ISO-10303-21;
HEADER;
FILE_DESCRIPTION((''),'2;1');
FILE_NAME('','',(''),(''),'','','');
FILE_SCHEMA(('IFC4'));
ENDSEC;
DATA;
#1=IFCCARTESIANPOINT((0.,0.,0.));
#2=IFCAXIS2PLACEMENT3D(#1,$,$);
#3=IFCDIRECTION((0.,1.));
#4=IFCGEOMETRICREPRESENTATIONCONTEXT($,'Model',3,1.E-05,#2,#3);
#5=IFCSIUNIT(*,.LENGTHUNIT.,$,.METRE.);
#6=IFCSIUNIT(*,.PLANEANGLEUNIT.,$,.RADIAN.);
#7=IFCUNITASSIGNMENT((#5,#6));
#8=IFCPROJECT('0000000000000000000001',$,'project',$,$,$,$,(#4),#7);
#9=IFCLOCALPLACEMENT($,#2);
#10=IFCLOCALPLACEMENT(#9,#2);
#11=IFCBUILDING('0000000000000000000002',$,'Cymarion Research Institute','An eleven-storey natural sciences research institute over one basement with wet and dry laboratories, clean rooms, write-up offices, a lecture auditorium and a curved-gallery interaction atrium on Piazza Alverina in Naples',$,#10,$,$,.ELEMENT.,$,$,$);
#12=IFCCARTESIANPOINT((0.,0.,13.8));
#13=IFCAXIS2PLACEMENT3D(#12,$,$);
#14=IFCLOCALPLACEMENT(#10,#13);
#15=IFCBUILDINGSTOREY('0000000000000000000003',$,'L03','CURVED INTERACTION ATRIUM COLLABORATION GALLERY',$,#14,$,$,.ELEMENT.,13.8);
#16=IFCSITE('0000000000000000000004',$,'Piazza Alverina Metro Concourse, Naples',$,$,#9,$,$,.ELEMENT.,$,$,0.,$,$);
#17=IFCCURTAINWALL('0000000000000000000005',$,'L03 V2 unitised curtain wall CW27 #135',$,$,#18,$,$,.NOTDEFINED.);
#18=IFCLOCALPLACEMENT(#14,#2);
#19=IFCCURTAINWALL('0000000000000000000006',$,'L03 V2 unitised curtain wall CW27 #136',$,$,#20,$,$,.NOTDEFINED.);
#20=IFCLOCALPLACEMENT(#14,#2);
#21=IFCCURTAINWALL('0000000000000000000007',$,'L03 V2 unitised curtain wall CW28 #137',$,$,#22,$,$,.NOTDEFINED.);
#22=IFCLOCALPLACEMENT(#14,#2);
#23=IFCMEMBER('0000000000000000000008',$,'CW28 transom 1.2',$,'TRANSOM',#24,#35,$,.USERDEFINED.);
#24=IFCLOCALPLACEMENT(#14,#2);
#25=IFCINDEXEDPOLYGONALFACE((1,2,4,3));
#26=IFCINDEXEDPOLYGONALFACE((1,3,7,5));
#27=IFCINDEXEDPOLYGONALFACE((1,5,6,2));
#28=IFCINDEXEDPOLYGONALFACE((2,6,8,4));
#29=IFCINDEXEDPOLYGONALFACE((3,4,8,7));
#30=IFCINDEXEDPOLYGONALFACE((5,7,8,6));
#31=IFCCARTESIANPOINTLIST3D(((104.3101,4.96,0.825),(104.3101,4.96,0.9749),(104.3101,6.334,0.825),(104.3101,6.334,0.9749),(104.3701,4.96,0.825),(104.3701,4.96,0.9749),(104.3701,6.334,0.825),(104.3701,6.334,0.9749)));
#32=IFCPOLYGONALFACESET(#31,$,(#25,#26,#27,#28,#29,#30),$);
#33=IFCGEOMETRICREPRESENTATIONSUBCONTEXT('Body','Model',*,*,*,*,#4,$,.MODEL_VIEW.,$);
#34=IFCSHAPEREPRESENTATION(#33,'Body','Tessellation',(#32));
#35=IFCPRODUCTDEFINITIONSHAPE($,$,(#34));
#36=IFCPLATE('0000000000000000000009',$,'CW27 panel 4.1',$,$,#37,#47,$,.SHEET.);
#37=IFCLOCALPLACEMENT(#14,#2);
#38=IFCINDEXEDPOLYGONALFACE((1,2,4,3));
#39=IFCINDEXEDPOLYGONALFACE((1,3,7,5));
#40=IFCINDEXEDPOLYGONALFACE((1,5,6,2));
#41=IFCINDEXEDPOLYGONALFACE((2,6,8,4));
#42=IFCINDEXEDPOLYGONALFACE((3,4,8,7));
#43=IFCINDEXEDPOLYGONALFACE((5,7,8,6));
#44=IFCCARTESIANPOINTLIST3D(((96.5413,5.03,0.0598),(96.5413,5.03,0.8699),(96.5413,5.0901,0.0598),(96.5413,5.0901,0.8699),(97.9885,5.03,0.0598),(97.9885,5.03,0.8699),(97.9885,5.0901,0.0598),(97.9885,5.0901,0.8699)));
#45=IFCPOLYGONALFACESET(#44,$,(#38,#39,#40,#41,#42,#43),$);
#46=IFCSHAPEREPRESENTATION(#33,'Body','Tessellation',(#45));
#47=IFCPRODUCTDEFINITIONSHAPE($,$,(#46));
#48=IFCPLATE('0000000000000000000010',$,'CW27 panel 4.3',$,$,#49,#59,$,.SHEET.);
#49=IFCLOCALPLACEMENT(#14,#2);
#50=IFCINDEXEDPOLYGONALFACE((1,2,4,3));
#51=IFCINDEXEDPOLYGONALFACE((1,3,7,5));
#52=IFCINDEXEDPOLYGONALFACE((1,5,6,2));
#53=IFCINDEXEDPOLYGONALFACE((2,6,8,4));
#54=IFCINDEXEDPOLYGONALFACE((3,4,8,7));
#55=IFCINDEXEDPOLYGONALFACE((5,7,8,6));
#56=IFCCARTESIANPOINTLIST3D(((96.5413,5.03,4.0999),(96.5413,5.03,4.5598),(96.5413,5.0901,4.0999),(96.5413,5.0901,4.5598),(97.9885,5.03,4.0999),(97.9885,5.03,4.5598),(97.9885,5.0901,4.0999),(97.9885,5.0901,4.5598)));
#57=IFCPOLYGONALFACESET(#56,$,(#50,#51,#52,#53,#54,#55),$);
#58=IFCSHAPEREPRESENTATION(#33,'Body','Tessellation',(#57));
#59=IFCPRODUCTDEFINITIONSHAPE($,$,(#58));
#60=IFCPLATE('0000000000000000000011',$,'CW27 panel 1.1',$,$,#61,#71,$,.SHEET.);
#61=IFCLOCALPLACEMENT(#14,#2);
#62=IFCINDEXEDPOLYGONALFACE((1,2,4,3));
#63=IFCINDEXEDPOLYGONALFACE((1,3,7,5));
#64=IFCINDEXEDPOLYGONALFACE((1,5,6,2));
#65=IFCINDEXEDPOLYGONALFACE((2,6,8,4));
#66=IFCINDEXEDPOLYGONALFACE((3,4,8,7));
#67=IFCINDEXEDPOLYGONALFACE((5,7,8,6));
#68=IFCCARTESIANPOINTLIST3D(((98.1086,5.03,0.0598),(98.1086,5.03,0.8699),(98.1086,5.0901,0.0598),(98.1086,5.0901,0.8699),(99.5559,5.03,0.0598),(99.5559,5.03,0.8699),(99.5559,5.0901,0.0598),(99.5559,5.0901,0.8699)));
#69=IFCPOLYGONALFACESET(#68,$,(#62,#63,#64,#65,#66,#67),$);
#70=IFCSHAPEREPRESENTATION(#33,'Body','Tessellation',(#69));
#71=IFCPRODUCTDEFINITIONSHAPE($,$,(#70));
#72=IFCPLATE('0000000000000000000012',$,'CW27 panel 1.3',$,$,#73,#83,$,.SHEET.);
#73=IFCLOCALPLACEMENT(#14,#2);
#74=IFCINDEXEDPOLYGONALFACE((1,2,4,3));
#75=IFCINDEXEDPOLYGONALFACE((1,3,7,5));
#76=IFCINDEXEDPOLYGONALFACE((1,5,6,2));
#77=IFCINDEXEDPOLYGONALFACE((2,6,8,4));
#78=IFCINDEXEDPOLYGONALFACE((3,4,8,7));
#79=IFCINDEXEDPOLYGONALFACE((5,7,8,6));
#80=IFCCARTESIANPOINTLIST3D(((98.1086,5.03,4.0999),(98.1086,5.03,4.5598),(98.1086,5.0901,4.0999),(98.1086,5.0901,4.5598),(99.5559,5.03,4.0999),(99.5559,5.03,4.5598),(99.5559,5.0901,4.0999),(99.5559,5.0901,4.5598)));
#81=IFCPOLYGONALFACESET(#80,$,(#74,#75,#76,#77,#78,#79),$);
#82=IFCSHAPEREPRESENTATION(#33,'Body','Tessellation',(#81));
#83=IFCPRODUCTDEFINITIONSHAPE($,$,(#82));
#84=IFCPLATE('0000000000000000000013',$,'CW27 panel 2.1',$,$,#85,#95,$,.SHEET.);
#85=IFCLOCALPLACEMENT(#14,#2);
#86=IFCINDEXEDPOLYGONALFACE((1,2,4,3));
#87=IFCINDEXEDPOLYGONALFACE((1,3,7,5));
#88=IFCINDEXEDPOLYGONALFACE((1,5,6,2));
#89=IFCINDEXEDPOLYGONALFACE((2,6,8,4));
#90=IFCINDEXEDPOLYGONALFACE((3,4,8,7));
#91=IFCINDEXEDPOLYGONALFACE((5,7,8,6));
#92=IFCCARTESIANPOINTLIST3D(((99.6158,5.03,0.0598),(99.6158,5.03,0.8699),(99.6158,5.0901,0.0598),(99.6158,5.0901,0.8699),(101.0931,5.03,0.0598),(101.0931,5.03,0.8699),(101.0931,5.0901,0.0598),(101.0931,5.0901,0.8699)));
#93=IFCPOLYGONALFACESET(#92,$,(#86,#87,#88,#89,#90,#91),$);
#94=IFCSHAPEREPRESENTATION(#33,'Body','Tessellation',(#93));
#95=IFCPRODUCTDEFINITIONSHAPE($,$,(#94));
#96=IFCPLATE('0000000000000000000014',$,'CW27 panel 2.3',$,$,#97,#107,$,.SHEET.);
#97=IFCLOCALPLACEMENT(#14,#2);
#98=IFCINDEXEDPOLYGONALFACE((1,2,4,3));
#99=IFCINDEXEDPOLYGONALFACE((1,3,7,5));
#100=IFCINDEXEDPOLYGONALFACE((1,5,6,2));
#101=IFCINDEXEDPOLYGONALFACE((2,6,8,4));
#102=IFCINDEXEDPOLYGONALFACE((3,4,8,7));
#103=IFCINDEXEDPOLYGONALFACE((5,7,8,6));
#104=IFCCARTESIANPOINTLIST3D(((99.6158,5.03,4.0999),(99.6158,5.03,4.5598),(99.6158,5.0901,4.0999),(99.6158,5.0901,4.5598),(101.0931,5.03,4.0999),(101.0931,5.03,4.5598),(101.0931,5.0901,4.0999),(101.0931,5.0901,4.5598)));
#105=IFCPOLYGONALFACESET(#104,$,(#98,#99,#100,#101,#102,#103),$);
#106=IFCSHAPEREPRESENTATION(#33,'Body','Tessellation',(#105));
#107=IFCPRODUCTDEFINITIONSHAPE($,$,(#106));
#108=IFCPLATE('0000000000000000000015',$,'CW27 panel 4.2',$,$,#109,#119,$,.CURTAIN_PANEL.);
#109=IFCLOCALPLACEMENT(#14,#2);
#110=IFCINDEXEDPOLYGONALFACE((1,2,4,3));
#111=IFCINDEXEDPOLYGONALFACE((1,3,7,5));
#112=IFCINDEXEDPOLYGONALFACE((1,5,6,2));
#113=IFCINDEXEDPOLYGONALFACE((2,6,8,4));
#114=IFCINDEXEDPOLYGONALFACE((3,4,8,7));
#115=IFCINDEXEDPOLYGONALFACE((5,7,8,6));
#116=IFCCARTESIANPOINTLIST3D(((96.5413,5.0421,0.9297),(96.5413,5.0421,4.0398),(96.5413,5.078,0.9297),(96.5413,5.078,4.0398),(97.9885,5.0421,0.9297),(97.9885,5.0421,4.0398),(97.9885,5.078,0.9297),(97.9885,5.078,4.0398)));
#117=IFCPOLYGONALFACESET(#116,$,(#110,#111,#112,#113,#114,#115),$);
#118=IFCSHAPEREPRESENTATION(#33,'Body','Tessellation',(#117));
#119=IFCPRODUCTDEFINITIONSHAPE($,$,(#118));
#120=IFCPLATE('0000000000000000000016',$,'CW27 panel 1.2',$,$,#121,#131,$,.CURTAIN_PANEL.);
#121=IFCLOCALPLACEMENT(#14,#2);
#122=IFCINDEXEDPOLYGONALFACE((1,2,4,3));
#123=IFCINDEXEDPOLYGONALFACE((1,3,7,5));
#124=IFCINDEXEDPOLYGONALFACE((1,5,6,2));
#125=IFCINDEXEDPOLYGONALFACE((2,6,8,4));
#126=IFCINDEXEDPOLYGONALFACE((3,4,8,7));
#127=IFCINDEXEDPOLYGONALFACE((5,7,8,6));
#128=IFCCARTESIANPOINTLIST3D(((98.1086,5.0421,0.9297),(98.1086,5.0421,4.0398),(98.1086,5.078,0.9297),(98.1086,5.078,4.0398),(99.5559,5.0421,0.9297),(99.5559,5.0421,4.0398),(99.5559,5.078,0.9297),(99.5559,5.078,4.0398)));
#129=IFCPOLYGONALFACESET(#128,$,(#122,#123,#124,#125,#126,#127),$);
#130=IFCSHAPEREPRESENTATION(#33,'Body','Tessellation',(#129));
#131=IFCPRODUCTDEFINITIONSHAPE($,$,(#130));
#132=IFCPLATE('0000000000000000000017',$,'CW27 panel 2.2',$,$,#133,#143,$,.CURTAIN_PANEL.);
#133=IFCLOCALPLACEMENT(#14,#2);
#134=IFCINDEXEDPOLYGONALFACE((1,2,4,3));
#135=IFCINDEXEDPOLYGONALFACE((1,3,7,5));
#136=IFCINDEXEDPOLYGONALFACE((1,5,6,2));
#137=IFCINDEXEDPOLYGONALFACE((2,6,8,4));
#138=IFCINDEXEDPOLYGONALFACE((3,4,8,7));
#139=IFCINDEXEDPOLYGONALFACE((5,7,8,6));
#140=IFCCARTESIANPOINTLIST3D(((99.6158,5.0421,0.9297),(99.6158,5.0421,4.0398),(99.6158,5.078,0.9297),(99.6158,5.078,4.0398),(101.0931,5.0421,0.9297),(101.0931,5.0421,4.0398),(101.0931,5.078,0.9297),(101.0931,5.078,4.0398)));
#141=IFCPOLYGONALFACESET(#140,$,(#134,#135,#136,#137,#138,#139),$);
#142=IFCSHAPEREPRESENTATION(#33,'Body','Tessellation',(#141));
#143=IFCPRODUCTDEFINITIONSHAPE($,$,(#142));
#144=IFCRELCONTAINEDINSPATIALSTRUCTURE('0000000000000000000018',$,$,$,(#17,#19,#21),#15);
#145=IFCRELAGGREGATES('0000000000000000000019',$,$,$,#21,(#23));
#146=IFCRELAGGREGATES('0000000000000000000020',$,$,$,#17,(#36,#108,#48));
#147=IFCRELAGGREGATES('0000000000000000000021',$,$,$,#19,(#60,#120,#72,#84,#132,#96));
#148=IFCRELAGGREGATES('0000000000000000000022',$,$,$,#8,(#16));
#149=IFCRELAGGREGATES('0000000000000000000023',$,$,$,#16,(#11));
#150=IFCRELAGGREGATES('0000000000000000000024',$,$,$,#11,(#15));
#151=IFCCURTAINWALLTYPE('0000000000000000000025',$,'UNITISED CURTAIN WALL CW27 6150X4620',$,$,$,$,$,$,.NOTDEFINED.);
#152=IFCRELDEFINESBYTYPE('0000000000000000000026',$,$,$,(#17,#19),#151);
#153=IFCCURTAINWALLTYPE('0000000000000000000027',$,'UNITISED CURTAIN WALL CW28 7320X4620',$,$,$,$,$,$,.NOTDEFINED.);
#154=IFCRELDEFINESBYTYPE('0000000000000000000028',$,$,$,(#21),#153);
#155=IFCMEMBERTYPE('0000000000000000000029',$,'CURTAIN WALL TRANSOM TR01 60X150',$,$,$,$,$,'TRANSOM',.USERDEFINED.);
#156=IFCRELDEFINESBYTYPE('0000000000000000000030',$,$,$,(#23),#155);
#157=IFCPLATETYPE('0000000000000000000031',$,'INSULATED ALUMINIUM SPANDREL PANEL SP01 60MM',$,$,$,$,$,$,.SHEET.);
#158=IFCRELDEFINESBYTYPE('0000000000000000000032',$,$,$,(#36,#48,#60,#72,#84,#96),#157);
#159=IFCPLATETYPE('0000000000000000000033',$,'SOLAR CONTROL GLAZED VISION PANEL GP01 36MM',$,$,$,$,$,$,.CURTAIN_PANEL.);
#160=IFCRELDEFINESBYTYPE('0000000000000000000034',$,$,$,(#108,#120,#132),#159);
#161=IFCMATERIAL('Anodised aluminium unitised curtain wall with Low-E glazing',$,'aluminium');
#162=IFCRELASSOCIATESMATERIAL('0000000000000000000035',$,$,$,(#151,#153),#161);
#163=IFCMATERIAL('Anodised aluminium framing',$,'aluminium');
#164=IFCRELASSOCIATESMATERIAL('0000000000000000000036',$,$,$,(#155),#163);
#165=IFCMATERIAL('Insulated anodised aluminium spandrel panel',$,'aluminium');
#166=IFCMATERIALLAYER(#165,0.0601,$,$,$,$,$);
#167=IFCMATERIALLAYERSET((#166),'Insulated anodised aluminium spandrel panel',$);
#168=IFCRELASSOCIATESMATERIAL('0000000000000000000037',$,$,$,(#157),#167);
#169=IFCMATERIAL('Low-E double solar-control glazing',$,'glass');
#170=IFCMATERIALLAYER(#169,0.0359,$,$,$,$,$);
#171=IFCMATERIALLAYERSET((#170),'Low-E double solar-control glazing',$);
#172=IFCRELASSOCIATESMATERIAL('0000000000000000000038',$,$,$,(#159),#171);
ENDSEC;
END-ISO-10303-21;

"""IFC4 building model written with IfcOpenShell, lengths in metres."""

from ifc_helpers import new_model, si_unit, direction, frame, origin, origin_2d, place, context, subcontext, project, spatial, rectangle, extrude, material, layer, layer_set, material_profile, profile_set, type_object, element, aggregate, save


model = new_model("IFC4")

# Units and contexts
model_context = context("Model", 3, precision=1e-05, world=origin(), true_north=direction((0.0, 1.0)))
body_context = subcontext(model_context, "Body", "Model", "MODEL_VIEW")
ifc_project = project(units=[si_unit("LENGTHUNIT", "METRE"), si_unit("PLANEANGLEUNIT", "RADIAN")], contexts=[model_context])

# Site, building, storey
site_placement = place(None, origin())
site = spatial("IfcSite", under=ifc_project, at=site_placement, Name="Piazza Alverina Metro Concourse, Naples", CompositionType="ELEMENT", RefElevation=0.0)
building_placement = place(site_placement, origin())
building = spatial("IfcBuilding", under=site, at=building_placement, Name="Cymarion Research Institute", Description="An eleven-storey natural sciences research institute over one basement with wet and dry laboratories, clean rooms, write-up offices, a lecture auditorium and a curved-gallery interaction atrium on Piazza Alverina in Naples", CompositionType="ELEMENT")
storey_placement = place(building_placement, frame((0.0, 0.0, 13.8)))
storey = spatial("IfcBuildingStorey", under=building, at=storey_placement, Name="L03", Description="CURVED INTERACTION ATRIUM COLLABORATION GALLERY", CompositionType="ELEMENT", Elevation=13.8)

# Curtain wall
ifc_material_1 = material(Name="Anodised aluminium unitised curtain wall with Low-E glazing", Category="aluminium")
curtain_wall_type_1 = type_object("IfcCurtainWallType", Name="UNITISED CURTAIN WALL CW27 6150X4620", PredefinedType="NOTDEFINED", material=ifc_material_1)
curtain_wall_1_placement = place(storey_placement, origin())
curtain_wall_1 = element("IfcCurtainWall", 1, at=curtain_wall_1_placement, inside=storey, type_object=curtain_wall_type_1, Name="L03 V2 unitised curtain wall CW27 #135", PredefinedType="NOTDEFINED")
ifc_material_2 = material(Name="Anodised aluminium framing", Category="aluminium")

# Curtain wall
curtain_wall_2_placement = place(storey_placement, origin())
curtain_wall_2 = element("IfcCurtainWall", 2, at=curtain_wall_2_placement, inside=storey, type_object=curtain_wall_type_1, Name="L03 V2 unitised curtain wall CW27 #136", PredefinedType="NOTDEFINED")

# Curtain wall
curtain_wall_type_2 = type_object("IfcCurtainWallType", Name="UNITISED CURTAIN WALL CW28 7320X4620", PredefinedType="NOTDEFINED", material=ifc_material_1)
curtain_wall_3_placement = place(storey_placement, origin())
curtain_wall_3 = element("IfcCurtainWall", 3, at=curtain_wall_3_placement, inside=storey, type_object=curtain_wall_type_2, Name="L03 V2 unitised curtain wall CW28 #137", PredefinedType="NOTDEFINED")

# Member
ifc_material_profile_1 = material_profile(ifc_material_2, rectangle(XDim=0.0601, YDim=0.1499, at=origin_2d()), Name="ALU TRANSOM 60x150")
ifc_profile_set_1 = profile_set([ifc_material_profile_1], Name="Anodised aluminium framing")
member_type_1 = type_object("IfcMemberType", Name="CURTAIN WALL TRANSOM TR01 60X150", ElementType="TRANSOM", PredefinedType="USERDEFINED", material=ifc_profile_set_1)
member_1_placement = place(storey_placement, frame((104.3401, 4.96, 0.8999), z_axis=(0.0, 1.0, 0.0), x_axis=(-1.0, 0.0, 0.0)))
member_1 = element("IfcMember", 4, at=member_1_placement, type_object=member_type_1, Name="CW28 transom 1.2", ObjectType="TRANSOM", PredefinedType="USERDEFINED", context=body_context, shape_type="SweptSolid", body=[
    extrude(rectangle(XDim=0.0601, YDim=0.1499, at=origin_2d()), origin(), (0.0, 0.0, 1.0), 1.374),
])
aggregate(curtain_wall_3, [member_1])

# Plates
ifc_material_3 = material(Name="Insulated anodised aluminium spandrel panel", Category="aluminium")
ifc_layer_1 = layer(ifc_material_3, 0.0601)
ifc_layer_set_1 = layer_set([ifc_layer_1], Name="Insulated anodised aluminium spandrel panel")
plate_type_1 = type_object("IfcPlateType", Name="INSULATED ALUMINIUM SPANDREL PANEL SP01 60MM", PredefinedType="SHEET", material=ifc_layer_set_1)
plate_1_placement = place(storey_placement, frame((97.2649, 5.0601, 0.0598), z_axis=(0.0, 0.0, 1.0), x_axis=(1.0, 0.0, 0.0)))
plate_1 = element("IfcPlate", 5, at=plate_1_placement, type_object=plate_type_1, Name="CW27 panel 4.1", PredefinedType="SHEET", context=body_context, shape_type="SweptSolid", body=[
    extrude(rectangle(XDim=1.4473, YDim=0.0601, at=origin_2d()), origin(), (0.0, 0.0, 1.0), 0.8101),
])
plate_2_placement = place(storey_placement, frame((97.2649, 5.0601, 4.0999), z_axis=(0.0, 0.0, 1.0), x_axis=(1.0, 0.0, 0.0)))
plate_2 = element("IfcPlate", 6, at=plate_2_placement, type_object=plate_type_1, Name="CW27 panel 4.3", PredefinedType="SHEET", context=body_context, shape_type="SweptSolid", body=[
    extrude(rectangle(XDim=1.4473, YDim=0.0601, at=origin_2d()), origin(), (0.0, 0.0, 1.0), 0.46),
])
plate_3_placement = place(storey_placement, frame((98.8323, 5.0601, 0.0598), z_axis=(0.0, 0.0, 1.0), x_axis=(1.0, 0.0, 0.0)))
plate_3 = element("IfcPlate", 7, at=plate_3_placement, type_object=plate_type_1, Name="CW27 panel 1.1", PredefinedType="SHEET", context=body_context, shape_type="SweptSolid", body=[
    extrude(rectangle(XDim=1.4473, YDim=0.0601, at=origin_2d()), origin(), (0.0, 0.0, 1.0), 0.8101),
])
plate_4_placement = place(storey_placement, frame((98.8323, 5.0601, 4.0999), z_axis=(0.0, 0.0, 1.0), x_axis=(1.0, 0.0, 0.0)))
plate_4 = element("IfcPlate", 8, at=plate_4_placement, type_object=plate_type_1, Name="CW27 panel 1.3", PredefinedType="SHEET", context=body_context, shape_type="SweptSolid", body=[
    extrude(rectangle(XDim=1.4473, YDim=0.0601, at=origin_2d()), origin(), (0.0, 0.0, 1.0), 0.46),
])
plate_5_placement = place(storey_placement, frame((100.3545, 5.0601, 0.0598), z_axis=(0.0, 0.0, 1.0), x_axis=(1.0, 0.0, 0.0)))
plate_5 = element("IfcPlate", 9, at=plate_5_placement, type_object=plate_type_1, Name="CW27 panel 2.1", PredefinedType="SHEET", context=body_context, shape_type="SweptSolid", body=[
    extrude(rectangle(XDim=1.4773, YDim=0.0601, at=origin_2d()), origin(), (0.0, 0.0, 1.0), 0.8101),
])
plate_6_placement = place(storey_placement, frame((100.3545, 5.0601, 4.0999), z_axis=(0.0, 0.0, 1.0), x_axis=(1.0, 0.0, 0.0)))
plate_6 = element("IfcPlate", 10, at=plate_6_placement, type_object=plate_type_1, Name="CW27 panel 2.3", PredefinedType="SHEET", context=body_context, shape_type="SweptSolid", body=[
    extrude(rectangle(XDim=1.4773, YDim=0.0601, at=origin_2d()), origin(), (0.0, 0.0, 1.0), 0.46),
])
ifc_material_4 = material(Name="Low-E double solar-control glazing", Category="glass")
ifc_layer_2 = layer(ifc_material_4, 0.0359)
ifc_layer_set_2 = layer_set([ifc_layer_2], Name="Low-E double solar-control glazing")
plate_type_2 = type_object("IfcPlateType", Name="SOLAR CONTROL GLAZED VISION PANEL GP01 36MM", PredefinedType="CURTAIN_PANEL", material=ifc_layer_set_2)
plate_7_placement = place(storey_placement, frame((97.2649, 5.0601, 0.9297), z_axis=(0.0, 0.0, 1.0), x_axis=(1.0, 0.0, 0.0)))
plate_7 = element("IfcPlate", 11, at=plate_7_placement, type_object=plate_type_2, Name="CW27 panel 4.2", PredefinedType="CURTAIN_PANEL", context=body_context, shape_type="SweptSolid", body=[
    extrude(rectangle(XDim=1.4473, YDim=0.0359, at=origin_2d()), origin(), (0.0, 0.0, 1.0), 3.1101),
])
aggregate(curtain_wall_1, [plate_1, plate_7, plate_2])
plate_8_placement = place(storey_placement, frame((98.8323, 5.0601, 0.9297), z_axis=(0.0, 0.0, 1.0), x_axis=(1.0, 0.0, 0.0)))
plate_8 = element("IfcPlate", 12, at=plate_8_placement, type_object=plate_type_2, Name="CW27 panel 1.2", PredefinedType="CURTAIN_PANEL", context=body_context, shape_type="SweptSolid", body=[
    extrude(rectangle(XDim=1.4473, YDim=0.0359, at=origin_2d()), origin(), (0.0, 0.0, 1.0), 3.1101),
])
plate_9_placement = place(storey_placement, frame((100.3545, 5.0601, 0.9297), z_axis=(0.0, 0.0, 1.0), x_axis=(1.0, 0.0, 0.0)))
plate_9 = element("IfcPlate", 13, at=plate_9_placement, type_object=plate_type_2, Name="CW27 panel 2.2", PredefinedType="CURTAIN_PANEL", context=body_context, shape_type="SweptSolid", body=[
    extrude(rectangle(XDim=1.4773, YDim=0.0359, at=origin_2d()), origin(), (0.0, 0.0, 1.0), 3.1101),
])
aggregate(curtain_wall_2, [plate_3, plate_8, plate_4, plate_5, plate_9, plate_6])

save(model, "model.ifc")
